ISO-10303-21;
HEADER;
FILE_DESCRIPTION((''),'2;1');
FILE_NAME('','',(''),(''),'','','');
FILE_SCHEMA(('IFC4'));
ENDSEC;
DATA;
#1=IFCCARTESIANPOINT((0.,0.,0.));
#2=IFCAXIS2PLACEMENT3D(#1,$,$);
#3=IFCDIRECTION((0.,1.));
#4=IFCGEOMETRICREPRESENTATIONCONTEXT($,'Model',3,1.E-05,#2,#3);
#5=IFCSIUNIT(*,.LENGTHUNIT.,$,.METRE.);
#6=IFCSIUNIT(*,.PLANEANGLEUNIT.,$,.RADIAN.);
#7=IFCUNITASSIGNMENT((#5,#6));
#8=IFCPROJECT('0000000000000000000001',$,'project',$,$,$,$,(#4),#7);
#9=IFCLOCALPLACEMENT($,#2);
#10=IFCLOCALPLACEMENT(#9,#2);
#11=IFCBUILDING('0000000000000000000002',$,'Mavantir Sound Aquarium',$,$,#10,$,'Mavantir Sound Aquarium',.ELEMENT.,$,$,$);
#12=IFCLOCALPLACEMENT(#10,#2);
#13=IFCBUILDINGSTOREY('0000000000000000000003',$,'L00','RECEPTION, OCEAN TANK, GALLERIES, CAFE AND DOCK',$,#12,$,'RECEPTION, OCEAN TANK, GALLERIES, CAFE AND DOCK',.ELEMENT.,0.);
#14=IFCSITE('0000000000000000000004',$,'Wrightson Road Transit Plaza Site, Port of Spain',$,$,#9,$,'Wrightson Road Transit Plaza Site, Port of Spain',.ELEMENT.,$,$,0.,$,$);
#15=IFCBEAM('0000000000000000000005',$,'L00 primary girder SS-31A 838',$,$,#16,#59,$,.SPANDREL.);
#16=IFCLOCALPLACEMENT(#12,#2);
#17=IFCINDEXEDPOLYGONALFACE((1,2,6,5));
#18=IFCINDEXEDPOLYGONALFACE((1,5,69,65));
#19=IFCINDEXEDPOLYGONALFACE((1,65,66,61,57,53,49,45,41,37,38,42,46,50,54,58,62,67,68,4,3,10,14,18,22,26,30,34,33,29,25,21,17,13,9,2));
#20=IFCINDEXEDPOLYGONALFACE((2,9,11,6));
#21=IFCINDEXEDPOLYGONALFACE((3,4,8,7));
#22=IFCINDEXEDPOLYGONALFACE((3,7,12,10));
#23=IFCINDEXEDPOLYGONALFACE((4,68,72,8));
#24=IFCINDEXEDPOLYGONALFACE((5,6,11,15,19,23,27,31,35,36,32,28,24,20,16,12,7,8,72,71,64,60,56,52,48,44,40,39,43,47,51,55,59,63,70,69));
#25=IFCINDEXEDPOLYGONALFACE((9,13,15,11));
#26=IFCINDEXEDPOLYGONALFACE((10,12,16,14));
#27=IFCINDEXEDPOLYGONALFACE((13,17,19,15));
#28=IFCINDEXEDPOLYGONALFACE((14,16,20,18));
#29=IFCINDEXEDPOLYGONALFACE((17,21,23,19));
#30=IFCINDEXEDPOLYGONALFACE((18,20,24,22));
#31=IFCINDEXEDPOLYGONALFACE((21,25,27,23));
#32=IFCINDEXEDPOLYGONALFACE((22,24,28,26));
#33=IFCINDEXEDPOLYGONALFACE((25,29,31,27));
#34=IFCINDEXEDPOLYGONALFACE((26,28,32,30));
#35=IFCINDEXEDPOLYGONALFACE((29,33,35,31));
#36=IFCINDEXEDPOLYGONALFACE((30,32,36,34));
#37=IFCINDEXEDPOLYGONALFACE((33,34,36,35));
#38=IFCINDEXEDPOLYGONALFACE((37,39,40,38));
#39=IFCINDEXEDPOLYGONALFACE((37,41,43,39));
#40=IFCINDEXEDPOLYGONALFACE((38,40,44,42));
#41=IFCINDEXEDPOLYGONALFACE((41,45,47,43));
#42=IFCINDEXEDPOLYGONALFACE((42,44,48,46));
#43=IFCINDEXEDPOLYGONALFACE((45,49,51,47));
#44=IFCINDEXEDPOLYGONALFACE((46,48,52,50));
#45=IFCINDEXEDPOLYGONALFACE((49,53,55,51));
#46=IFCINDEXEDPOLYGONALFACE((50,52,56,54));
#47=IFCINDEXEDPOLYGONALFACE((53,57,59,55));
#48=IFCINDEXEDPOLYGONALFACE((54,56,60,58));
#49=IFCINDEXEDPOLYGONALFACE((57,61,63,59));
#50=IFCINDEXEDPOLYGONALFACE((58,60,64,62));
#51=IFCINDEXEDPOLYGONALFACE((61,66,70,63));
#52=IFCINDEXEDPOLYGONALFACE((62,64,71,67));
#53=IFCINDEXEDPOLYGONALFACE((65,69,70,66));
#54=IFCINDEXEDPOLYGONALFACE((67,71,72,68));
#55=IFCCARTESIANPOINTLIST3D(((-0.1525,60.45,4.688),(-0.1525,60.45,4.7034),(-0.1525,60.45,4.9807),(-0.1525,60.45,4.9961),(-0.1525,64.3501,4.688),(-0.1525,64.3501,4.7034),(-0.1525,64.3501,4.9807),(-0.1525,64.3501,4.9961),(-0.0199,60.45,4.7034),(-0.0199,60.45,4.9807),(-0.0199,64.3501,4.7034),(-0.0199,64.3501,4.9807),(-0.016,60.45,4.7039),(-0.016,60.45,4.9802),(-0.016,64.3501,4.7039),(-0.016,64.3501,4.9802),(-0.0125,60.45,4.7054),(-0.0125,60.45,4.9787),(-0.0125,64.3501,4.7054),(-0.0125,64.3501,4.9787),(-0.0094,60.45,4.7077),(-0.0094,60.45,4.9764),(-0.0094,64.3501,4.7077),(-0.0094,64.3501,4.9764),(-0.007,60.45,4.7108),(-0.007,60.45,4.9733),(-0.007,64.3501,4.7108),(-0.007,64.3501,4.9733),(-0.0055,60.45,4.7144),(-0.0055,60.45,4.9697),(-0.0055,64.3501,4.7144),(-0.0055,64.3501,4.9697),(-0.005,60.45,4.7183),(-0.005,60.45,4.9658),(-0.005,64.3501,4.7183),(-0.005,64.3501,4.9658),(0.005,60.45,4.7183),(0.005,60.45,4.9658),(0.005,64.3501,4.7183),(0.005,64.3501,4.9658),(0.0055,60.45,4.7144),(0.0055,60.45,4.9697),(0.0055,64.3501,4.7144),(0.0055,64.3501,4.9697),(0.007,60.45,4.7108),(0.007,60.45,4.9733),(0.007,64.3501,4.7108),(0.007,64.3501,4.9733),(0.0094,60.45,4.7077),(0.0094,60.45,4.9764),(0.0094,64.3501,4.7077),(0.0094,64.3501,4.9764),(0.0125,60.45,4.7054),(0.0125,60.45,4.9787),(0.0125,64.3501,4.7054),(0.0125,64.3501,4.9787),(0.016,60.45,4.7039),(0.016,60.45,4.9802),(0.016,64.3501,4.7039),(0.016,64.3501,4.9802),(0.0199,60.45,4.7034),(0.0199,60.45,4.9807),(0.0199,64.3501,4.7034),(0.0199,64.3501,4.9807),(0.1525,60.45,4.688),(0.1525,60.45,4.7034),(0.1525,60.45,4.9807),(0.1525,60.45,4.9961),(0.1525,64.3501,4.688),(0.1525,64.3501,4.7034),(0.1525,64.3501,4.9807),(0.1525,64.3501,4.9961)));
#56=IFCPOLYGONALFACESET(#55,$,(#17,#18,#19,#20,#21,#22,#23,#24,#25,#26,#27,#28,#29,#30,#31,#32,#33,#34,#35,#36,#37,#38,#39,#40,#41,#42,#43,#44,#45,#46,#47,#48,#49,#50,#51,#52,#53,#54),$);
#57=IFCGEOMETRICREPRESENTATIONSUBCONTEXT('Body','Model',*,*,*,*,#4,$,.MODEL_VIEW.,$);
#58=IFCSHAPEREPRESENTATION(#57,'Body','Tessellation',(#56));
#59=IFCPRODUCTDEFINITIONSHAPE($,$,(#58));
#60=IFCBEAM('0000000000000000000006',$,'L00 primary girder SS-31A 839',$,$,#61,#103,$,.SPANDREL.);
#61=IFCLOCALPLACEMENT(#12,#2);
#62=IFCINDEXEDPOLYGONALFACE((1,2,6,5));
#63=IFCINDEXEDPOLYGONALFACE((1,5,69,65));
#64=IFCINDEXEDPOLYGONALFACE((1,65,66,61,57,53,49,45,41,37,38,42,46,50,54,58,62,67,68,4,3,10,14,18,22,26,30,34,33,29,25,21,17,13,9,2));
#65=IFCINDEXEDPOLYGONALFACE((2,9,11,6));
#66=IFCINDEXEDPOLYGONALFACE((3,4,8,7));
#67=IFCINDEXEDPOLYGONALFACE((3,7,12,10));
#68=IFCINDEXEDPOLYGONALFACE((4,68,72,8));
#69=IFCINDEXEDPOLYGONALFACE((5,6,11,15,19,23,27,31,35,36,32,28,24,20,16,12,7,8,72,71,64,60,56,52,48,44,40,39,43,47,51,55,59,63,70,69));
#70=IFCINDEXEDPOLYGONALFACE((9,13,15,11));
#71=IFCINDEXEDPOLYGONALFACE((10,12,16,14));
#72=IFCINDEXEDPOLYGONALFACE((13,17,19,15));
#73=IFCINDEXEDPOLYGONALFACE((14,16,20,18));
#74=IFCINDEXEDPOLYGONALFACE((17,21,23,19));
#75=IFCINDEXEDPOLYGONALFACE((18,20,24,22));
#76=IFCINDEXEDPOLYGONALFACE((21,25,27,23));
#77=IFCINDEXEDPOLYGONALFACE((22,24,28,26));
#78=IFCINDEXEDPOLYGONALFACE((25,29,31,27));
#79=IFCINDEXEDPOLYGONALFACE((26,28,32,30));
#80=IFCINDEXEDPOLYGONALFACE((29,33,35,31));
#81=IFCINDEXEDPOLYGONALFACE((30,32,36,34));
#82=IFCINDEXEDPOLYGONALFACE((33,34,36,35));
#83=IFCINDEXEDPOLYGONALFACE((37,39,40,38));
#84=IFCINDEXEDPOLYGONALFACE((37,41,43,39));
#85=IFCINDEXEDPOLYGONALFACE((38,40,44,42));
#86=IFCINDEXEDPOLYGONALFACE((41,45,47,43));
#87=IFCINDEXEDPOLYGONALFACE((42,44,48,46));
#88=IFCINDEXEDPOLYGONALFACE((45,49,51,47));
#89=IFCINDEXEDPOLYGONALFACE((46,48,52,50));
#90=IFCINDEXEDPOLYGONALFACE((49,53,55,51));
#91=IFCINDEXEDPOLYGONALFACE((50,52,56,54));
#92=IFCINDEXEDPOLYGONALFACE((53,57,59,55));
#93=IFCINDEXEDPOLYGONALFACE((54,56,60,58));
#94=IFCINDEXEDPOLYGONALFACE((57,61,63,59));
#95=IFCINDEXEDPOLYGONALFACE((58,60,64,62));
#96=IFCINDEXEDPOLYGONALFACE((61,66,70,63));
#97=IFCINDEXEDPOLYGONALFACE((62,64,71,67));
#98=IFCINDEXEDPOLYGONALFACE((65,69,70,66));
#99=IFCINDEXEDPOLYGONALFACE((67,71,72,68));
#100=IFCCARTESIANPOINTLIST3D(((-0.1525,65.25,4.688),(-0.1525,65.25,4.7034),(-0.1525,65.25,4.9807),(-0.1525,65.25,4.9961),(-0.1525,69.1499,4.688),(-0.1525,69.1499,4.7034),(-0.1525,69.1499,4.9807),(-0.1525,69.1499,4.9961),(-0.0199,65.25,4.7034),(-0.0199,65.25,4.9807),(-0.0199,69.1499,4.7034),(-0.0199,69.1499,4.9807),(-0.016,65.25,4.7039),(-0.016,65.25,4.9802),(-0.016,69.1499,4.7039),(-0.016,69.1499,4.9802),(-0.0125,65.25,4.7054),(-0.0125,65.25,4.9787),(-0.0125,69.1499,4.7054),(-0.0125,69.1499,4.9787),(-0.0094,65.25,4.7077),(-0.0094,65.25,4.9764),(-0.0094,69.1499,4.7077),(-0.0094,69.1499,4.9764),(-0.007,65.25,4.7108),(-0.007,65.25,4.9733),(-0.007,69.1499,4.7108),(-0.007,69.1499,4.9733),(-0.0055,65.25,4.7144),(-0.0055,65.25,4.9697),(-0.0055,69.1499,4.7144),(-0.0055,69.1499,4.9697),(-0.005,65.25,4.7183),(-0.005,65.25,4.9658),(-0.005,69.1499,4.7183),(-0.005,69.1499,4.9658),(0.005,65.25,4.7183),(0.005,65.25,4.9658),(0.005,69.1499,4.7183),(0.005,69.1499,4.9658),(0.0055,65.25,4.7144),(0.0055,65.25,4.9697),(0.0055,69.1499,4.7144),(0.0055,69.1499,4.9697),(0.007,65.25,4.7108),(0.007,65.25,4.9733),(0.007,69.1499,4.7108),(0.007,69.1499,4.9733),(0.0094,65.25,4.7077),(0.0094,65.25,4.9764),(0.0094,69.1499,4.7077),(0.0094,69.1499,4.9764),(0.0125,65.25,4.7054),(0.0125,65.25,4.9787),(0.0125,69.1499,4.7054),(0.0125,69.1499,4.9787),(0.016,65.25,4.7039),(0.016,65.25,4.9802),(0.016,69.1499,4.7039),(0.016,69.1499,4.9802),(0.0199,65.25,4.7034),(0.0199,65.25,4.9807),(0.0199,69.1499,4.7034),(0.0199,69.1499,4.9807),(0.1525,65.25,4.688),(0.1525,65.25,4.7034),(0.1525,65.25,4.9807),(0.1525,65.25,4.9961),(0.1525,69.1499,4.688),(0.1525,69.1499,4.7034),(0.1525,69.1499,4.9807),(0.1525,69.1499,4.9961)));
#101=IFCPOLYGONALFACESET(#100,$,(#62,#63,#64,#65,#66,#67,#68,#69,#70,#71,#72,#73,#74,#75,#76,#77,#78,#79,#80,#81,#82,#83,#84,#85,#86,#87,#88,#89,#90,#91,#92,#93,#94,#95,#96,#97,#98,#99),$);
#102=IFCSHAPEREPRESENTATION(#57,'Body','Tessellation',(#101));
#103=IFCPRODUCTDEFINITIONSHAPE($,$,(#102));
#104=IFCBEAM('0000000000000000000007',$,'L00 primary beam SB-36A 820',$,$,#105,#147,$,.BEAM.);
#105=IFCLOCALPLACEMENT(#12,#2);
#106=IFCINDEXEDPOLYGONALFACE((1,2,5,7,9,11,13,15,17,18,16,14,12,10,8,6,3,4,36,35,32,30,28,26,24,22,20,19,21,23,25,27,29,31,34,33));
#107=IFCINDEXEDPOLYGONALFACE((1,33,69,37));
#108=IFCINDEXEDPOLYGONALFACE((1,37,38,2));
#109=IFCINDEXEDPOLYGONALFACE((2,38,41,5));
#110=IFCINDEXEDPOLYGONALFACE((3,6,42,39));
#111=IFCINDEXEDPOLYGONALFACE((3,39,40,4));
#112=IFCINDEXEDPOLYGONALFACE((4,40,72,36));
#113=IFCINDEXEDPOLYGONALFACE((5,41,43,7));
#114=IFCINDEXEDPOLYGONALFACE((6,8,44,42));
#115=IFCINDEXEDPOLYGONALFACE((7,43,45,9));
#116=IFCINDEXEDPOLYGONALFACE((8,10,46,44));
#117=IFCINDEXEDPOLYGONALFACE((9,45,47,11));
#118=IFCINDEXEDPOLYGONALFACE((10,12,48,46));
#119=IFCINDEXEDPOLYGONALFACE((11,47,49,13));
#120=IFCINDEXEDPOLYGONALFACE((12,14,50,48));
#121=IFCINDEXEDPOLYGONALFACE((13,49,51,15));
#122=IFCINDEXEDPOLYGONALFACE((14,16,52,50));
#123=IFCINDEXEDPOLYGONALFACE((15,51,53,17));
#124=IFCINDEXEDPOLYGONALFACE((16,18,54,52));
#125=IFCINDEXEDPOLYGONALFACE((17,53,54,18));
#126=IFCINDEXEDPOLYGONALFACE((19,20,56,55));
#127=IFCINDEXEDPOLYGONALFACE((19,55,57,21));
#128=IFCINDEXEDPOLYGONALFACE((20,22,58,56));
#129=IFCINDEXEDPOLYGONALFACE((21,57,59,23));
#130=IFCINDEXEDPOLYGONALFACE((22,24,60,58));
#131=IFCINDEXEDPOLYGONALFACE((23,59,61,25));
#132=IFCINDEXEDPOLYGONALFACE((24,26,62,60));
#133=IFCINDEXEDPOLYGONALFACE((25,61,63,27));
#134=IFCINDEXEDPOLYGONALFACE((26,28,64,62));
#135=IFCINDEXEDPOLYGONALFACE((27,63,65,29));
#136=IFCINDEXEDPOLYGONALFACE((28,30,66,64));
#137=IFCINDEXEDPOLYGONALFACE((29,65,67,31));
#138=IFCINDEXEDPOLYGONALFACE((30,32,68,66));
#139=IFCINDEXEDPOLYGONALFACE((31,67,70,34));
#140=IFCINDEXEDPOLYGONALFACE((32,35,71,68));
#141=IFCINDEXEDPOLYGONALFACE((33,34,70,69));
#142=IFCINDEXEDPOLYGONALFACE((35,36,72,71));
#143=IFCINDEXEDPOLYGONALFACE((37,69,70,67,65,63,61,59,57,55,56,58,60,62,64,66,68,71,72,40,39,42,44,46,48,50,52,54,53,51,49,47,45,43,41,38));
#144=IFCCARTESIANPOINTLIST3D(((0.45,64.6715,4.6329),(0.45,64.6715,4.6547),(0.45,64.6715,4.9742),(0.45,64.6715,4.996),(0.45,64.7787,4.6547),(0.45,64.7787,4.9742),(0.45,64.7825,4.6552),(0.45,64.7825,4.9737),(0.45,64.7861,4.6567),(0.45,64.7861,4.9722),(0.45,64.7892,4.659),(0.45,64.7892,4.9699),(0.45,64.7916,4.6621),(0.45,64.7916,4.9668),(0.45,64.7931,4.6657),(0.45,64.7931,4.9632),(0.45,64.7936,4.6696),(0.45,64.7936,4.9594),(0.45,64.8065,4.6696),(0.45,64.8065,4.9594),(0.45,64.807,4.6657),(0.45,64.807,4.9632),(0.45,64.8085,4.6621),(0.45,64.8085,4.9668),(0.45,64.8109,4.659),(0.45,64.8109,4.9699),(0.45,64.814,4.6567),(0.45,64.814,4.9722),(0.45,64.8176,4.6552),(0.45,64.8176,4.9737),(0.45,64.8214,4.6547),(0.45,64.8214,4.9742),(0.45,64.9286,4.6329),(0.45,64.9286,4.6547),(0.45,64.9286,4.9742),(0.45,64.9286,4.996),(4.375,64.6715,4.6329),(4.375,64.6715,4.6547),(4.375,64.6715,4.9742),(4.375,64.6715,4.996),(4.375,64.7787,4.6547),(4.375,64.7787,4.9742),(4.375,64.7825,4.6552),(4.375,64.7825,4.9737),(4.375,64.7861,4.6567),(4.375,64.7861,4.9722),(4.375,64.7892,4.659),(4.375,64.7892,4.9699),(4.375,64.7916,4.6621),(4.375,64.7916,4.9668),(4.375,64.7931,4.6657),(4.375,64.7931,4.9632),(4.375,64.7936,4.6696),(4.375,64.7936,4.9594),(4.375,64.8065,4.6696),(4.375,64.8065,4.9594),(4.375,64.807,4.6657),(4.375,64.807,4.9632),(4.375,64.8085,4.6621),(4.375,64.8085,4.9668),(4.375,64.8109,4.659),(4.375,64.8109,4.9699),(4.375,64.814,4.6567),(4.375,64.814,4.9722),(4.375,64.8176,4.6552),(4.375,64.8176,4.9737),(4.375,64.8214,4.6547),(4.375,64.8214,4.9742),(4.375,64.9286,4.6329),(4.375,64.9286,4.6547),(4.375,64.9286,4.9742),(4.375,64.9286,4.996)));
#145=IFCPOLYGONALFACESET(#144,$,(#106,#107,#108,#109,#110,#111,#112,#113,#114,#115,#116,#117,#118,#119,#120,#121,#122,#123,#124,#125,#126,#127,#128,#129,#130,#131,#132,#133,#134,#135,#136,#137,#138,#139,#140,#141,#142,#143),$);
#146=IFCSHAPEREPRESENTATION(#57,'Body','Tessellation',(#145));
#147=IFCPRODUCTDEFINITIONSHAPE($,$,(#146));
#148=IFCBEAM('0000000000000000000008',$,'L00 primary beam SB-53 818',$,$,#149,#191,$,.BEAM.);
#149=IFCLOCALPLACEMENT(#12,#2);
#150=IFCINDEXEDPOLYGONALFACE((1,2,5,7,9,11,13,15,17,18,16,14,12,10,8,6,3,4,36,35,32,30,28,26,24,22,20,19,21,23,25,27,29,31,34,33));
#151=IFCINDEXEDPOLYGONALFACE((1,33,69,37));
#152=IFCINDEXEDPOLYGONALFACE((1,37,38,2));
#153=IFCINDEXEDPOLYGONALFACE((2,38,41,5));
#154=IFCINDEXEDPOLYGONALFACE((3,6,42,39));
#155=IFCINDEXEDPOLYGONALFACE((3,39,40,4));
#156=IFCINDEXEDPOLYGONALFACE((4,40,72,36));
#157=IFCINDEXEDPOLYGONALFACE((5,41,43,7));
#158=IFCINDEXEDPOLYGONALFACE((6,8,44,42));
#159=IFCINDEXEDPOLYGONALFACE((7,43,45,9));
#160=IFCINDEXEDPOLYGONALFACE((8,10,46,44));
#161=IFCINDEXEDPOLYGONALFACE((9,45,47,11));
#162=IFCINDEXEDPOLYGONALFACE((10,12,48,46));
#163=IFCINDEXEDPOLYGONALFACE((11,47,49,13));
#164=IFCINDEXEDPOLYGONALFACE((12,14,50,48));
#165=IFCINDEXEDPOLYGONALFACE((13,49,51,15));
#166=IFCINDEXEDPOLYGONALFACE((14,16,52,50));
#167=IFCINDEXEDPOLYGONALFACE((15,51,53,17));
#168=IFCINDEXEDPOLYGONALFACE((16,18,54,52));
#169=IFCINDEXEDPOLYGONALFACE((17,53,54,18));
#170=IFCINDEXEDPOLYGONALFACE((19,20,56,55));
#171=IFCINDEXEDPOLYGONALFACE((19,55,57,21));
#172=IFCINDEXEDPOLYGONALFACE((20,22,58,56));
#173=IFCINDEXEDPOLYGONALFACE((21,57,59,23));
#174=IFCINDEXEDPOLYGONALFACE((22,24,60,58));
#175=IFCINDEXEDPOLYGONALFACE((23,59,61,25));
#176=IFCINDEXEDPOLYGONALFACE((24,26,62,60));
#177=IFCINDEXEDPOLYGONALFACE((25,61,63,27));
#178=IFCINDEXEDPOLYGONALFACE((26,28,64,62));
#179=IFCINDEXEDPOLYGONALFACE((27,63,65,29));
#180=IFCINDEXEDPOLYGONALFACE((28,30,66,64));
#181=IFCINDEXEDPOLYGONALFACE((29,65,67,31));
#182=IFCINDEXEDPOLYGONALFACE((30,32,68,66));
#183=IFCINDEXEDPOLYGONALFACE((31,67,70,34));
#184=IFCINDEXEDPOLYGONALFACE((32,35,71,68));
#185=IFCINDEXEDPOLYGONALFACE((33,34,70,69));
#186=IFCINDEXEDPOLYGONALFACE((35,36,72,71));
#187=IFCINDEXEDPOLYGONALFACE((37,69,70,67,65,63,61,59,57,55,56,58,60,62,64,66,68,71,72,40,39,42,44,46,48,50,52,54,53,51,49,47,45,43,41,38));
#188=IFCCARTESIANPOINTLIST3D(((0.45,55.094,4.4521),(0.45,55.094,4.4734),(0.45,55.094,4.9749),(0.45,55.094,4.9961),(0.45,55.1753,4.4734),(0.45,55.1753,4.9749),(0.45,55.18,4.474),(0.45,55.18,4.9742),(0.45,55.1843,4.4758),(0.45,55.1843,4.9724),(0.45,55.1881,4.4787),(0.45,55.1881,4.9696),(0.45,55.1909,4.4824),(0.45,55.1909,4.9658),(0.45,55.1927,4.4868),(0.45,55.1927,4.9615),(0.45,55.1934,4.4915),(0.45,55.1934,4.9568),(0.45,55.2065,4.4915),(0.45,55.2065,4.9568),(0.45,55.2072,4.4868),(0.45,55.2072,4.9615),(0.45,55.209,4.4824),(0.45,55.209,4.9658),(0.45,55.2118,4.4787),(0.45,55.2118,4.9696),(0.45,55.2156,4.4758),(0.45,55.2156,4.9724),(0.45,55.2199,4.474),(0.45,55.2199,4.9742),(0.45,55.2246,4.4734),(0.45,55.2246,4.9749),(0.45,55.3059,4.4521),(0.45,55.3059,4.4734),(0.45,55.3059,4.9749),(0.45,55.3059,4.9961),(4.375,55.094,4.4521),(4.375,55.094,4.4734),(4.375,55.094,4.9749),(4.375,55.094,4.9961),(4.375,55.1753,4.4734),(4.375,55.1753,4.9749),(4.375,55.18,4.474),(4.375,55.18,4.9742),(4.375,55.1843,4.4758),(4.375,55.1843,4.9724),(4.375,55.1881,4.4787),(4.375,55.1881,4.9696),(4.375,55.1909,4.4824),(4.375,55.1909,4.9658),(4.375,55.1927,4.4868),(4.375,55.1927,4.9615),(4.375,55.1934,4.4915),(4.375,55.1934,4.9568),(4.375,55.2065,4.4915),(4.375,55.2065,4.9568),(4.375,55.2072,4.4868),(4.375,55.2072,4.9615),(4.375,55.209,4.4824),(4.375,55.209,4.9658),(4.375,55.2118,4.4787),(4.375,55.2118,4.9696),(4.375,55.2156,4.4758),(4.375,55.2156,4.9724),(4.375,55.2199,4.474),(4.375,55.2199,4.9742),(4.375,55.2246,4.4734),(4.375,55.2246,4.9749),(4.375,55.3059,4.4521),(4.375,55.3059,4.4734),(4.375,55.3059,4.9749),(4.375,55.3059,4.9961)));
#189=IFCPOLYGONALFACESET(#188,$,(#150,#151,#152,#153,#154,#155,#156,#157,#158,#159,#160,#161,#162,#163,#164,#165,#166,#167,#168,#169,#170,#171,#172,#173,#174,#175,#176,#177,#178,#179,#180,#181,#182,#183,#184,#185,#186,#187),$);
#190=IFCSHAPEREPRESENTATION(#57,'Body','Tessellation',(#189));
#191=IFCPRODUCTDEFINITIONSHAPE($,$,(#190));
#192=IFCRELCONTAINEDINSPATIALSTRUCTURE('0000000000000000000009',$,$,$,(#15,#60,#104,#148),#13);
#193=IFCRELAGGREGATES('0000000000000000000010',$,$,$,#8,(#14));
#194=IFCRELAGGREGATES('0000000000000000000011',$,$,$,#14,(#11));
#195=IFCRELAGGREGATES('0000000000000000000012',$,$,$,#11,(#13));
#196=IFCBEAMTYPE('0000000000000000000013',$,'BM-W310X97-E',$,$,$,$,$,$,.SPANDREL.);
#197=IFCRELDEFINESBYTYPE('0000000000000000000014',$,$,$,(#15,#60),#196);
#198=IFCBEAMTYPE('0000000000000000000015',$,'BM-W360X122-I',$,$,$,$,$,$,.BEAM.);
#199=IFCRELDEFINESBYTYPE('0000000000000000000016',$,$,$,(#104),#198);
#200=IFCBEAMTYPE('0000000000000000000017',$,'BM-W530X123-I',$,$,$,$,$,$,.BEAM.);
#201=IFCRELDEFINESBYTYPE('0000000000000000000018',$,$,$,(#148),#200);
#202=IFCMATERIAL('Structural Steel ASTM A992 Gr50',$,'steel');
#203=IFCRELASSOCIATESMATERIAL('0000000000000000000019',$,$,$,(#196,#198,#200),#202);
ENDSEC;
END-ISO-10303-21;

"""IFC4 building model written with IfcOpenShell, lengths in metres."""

from ifc_helpers import new_model, si_unit, direction, frame, origin, origin_2d, place, context, subcontext, project, spatial, i_section, extrude, material, material_profile, profile_set, type_object, element, save


model = new_model("IFC4")

# Units and contexts
model_context = context("Model", 3, precision=1e-05, world=origin(), true_north=direction((0.0, 1.0)))
body_context = subcontext(model_context, "Body", "Model", "MODEL_VIEW")
ifc_project = project(units=[si_unit("LENGTHUNIT", "METRE"), si_unit("PLANEANGLEUNIT", "RADIAN")], contexts=[model_context])

# Site, building, storey
site_placement = place(None, origin())
site = spatial("IfcSite", under=ifc_project, at=site_placement, Name="Wrightson Road Transit Plaza Site, Port of Spain", LongName="Wrightson Road Transit Plaza Site, Port of Spain", CompositionType="ELEMENT", RefElevation=0.0)
building_placement = place(site_placement, origin())
building = spatial("IfcBuilding", under=site, at=building_placement, Name="Mavantir Sound Aquarium", LongName="Mavantir Sound Aquarium", CompositionType="ELEMENT")
storey_placement = place(building_placement, origin())
storey = spatial("IfcBuildingStorey", under=building, at=storey_placement, Name="L00", Description="RECEPTION, OCEAN TANK, GALLERIES, CAFE AND DOCK", LongName="RECEPTION, OCEAN TANK, GALLERIES, CAFE AND DOCK", CompositionType="ELEMENT", Elevation=0.0)

# Beams
ifc_material_1 = material(Name="Structural Steel ASTM A992 Gr50", Category="steel")
ifc_material_profile_1 = material_profile(ifc_material_1, i_section(OverallWidth=0.3049, OverallDepth=0.3081, WebThickness=0.01, FlangeThickness=0.0154, FilletRadius=0.0149, at=origin_2d()), Name="W310X97")
ifc_profile_set_1 = profile_set([ifc_material_profile_1], Name="Structural Steel ASTM A992 Gr50")
beam_type_1 = type_object("IfcBeamType", Name="BM-W310X97-E", PredefinedType="SPANDREL", material=ifc_profile_set_1)
for number, where, z_axis, x_axis, name in (
    (1, (0.0, 60.45, 4.842), (0.0, 1.0, 0.0), (-1.0, 0.0, 0.0), "L00 primary girder SS-31A 838"),
):
    element("IfcBeam", number, at=place(storey_placement, frame(where, z_axis=z_axis, x_axis=x_axis)), inside=storey, type_object=beam_type_1, Name=name, PredefinedType="SPANDREL", context=body_context, shape_type="SweptSolid", body=[
        extrude(i_section(OverallWidth=0.3049, OverallDepth=0.3081, WebThickness=0.01, FlangeThickness=0.0154, FilletRadius=0.0149, at=origin_2d()), origin(), (0.0, 0.0, 1.0), 3.9001),
    ])
beam_1_placement = place(storey_placement, frame((0.0, 65.25, 4.842), z_axis=(0.0, 1.0, 0.0), x_axis=(-1.0, 0.0, 0.0)))
element("IfcBeam", 2, at=beam_1_placement, inside=storey, type_object=beam_type_1, Name="L00 primary girder SS-31A 839", PredefinedType="SPANDREL", context=body_context, shape_type="SweptSolid", body=[
    extrude(i_section(OverallWidth=0.3049, OverallDepth=0.3081, WebThickness=0.01, FlangeThickness=0.0154, FilletRadius=0.0149, at=origin_2d()), origin(), (0.0, 0.0, 1.0), 3.8999),
])
ifc_material_profile_2 = material_profile(ifc_material_1, i_section(OverallWidth=0.2571, OverallDepth=0.363, WebThickness=0.0129, FlangeThickness=0.0217, FilletRadius=0.0149, at=origin_2d()), Name="W360X122")
ifc_profile_set_2 = profile_set([ifc_material_profile_2], Name="Structural Steel ASTM A992 Gr50")
beam_type_2 = type_object("IfcBeamType", Name="BM-W360X122-I", PredefinedType="BEAM", material=ifc_profile_set_2)
beam_2_placement = place(storey_placement, frame((0.45, 64.8, 4.8145), z_axis=(1.0, 0.0, 0.0), x_axis=(0.0, 1.0, 0.0)))
element("IfcBeam", 3, at=beam_2_placement, inside=storey, type_object=beam_type_2, Name="L00 primary beam SB-36A 820", PredefinedType="BEAM", context=body_context, shape_type="SweptSolid", body=[
    extrude(i_section(OverallWidth=0.2571, OverallDepth=0.363, WebThickness=0.0129, FlangeThickness=0.0217, FilletRadius=0.0149, at=origin_2d()), origin(), (0.0, 0.0, 1.0), 3.925),
])
ifc_material_profile_3 = material_profile(ifc_material_1, i_section(OverallWidth=0.2119, OverallDepth=0.5439, WebThickness=0.0132, FlangeThickness=0.0212, FilletRadius=0.0181, at=origin_2d()), Name="W530X123")
ifc_profile_set_3 = profile_set([ifc_material_profile_3], Name="Structural Steel ASTM A992 Gr50")
beam_type_3 = type_object("IfcBeamType", Name="BM-W530X123-I", PredefinedType="BEAM", material=ifc_profile_set_3)
beam_3_placement = place(storey_placement, frame((0.45, 55.2, 4.7241), z_axis=(1.0, 0.0, 0.0), x_axis=(0.0, 1.0, 0.0)))
element("IfcBeam", 4, at=beam_3_placement, inside=storey, type_object=beam_type_3, Name="L00 primary beam SB-53 818", PredefinedType="BEAM", context=body_context, shape_type="SweptSolid", body=[
    extrude(i_section(OverallWidth=0.2119, OverallDepth=0.5439, WebThickness=0.0132, FlangeThickness=0.0212, FilletRadius=0.0181, at=origin_2d()), origin(), (0.0, 0.0, 1.0), 3.925),
])

save(model, "model.ifc")
